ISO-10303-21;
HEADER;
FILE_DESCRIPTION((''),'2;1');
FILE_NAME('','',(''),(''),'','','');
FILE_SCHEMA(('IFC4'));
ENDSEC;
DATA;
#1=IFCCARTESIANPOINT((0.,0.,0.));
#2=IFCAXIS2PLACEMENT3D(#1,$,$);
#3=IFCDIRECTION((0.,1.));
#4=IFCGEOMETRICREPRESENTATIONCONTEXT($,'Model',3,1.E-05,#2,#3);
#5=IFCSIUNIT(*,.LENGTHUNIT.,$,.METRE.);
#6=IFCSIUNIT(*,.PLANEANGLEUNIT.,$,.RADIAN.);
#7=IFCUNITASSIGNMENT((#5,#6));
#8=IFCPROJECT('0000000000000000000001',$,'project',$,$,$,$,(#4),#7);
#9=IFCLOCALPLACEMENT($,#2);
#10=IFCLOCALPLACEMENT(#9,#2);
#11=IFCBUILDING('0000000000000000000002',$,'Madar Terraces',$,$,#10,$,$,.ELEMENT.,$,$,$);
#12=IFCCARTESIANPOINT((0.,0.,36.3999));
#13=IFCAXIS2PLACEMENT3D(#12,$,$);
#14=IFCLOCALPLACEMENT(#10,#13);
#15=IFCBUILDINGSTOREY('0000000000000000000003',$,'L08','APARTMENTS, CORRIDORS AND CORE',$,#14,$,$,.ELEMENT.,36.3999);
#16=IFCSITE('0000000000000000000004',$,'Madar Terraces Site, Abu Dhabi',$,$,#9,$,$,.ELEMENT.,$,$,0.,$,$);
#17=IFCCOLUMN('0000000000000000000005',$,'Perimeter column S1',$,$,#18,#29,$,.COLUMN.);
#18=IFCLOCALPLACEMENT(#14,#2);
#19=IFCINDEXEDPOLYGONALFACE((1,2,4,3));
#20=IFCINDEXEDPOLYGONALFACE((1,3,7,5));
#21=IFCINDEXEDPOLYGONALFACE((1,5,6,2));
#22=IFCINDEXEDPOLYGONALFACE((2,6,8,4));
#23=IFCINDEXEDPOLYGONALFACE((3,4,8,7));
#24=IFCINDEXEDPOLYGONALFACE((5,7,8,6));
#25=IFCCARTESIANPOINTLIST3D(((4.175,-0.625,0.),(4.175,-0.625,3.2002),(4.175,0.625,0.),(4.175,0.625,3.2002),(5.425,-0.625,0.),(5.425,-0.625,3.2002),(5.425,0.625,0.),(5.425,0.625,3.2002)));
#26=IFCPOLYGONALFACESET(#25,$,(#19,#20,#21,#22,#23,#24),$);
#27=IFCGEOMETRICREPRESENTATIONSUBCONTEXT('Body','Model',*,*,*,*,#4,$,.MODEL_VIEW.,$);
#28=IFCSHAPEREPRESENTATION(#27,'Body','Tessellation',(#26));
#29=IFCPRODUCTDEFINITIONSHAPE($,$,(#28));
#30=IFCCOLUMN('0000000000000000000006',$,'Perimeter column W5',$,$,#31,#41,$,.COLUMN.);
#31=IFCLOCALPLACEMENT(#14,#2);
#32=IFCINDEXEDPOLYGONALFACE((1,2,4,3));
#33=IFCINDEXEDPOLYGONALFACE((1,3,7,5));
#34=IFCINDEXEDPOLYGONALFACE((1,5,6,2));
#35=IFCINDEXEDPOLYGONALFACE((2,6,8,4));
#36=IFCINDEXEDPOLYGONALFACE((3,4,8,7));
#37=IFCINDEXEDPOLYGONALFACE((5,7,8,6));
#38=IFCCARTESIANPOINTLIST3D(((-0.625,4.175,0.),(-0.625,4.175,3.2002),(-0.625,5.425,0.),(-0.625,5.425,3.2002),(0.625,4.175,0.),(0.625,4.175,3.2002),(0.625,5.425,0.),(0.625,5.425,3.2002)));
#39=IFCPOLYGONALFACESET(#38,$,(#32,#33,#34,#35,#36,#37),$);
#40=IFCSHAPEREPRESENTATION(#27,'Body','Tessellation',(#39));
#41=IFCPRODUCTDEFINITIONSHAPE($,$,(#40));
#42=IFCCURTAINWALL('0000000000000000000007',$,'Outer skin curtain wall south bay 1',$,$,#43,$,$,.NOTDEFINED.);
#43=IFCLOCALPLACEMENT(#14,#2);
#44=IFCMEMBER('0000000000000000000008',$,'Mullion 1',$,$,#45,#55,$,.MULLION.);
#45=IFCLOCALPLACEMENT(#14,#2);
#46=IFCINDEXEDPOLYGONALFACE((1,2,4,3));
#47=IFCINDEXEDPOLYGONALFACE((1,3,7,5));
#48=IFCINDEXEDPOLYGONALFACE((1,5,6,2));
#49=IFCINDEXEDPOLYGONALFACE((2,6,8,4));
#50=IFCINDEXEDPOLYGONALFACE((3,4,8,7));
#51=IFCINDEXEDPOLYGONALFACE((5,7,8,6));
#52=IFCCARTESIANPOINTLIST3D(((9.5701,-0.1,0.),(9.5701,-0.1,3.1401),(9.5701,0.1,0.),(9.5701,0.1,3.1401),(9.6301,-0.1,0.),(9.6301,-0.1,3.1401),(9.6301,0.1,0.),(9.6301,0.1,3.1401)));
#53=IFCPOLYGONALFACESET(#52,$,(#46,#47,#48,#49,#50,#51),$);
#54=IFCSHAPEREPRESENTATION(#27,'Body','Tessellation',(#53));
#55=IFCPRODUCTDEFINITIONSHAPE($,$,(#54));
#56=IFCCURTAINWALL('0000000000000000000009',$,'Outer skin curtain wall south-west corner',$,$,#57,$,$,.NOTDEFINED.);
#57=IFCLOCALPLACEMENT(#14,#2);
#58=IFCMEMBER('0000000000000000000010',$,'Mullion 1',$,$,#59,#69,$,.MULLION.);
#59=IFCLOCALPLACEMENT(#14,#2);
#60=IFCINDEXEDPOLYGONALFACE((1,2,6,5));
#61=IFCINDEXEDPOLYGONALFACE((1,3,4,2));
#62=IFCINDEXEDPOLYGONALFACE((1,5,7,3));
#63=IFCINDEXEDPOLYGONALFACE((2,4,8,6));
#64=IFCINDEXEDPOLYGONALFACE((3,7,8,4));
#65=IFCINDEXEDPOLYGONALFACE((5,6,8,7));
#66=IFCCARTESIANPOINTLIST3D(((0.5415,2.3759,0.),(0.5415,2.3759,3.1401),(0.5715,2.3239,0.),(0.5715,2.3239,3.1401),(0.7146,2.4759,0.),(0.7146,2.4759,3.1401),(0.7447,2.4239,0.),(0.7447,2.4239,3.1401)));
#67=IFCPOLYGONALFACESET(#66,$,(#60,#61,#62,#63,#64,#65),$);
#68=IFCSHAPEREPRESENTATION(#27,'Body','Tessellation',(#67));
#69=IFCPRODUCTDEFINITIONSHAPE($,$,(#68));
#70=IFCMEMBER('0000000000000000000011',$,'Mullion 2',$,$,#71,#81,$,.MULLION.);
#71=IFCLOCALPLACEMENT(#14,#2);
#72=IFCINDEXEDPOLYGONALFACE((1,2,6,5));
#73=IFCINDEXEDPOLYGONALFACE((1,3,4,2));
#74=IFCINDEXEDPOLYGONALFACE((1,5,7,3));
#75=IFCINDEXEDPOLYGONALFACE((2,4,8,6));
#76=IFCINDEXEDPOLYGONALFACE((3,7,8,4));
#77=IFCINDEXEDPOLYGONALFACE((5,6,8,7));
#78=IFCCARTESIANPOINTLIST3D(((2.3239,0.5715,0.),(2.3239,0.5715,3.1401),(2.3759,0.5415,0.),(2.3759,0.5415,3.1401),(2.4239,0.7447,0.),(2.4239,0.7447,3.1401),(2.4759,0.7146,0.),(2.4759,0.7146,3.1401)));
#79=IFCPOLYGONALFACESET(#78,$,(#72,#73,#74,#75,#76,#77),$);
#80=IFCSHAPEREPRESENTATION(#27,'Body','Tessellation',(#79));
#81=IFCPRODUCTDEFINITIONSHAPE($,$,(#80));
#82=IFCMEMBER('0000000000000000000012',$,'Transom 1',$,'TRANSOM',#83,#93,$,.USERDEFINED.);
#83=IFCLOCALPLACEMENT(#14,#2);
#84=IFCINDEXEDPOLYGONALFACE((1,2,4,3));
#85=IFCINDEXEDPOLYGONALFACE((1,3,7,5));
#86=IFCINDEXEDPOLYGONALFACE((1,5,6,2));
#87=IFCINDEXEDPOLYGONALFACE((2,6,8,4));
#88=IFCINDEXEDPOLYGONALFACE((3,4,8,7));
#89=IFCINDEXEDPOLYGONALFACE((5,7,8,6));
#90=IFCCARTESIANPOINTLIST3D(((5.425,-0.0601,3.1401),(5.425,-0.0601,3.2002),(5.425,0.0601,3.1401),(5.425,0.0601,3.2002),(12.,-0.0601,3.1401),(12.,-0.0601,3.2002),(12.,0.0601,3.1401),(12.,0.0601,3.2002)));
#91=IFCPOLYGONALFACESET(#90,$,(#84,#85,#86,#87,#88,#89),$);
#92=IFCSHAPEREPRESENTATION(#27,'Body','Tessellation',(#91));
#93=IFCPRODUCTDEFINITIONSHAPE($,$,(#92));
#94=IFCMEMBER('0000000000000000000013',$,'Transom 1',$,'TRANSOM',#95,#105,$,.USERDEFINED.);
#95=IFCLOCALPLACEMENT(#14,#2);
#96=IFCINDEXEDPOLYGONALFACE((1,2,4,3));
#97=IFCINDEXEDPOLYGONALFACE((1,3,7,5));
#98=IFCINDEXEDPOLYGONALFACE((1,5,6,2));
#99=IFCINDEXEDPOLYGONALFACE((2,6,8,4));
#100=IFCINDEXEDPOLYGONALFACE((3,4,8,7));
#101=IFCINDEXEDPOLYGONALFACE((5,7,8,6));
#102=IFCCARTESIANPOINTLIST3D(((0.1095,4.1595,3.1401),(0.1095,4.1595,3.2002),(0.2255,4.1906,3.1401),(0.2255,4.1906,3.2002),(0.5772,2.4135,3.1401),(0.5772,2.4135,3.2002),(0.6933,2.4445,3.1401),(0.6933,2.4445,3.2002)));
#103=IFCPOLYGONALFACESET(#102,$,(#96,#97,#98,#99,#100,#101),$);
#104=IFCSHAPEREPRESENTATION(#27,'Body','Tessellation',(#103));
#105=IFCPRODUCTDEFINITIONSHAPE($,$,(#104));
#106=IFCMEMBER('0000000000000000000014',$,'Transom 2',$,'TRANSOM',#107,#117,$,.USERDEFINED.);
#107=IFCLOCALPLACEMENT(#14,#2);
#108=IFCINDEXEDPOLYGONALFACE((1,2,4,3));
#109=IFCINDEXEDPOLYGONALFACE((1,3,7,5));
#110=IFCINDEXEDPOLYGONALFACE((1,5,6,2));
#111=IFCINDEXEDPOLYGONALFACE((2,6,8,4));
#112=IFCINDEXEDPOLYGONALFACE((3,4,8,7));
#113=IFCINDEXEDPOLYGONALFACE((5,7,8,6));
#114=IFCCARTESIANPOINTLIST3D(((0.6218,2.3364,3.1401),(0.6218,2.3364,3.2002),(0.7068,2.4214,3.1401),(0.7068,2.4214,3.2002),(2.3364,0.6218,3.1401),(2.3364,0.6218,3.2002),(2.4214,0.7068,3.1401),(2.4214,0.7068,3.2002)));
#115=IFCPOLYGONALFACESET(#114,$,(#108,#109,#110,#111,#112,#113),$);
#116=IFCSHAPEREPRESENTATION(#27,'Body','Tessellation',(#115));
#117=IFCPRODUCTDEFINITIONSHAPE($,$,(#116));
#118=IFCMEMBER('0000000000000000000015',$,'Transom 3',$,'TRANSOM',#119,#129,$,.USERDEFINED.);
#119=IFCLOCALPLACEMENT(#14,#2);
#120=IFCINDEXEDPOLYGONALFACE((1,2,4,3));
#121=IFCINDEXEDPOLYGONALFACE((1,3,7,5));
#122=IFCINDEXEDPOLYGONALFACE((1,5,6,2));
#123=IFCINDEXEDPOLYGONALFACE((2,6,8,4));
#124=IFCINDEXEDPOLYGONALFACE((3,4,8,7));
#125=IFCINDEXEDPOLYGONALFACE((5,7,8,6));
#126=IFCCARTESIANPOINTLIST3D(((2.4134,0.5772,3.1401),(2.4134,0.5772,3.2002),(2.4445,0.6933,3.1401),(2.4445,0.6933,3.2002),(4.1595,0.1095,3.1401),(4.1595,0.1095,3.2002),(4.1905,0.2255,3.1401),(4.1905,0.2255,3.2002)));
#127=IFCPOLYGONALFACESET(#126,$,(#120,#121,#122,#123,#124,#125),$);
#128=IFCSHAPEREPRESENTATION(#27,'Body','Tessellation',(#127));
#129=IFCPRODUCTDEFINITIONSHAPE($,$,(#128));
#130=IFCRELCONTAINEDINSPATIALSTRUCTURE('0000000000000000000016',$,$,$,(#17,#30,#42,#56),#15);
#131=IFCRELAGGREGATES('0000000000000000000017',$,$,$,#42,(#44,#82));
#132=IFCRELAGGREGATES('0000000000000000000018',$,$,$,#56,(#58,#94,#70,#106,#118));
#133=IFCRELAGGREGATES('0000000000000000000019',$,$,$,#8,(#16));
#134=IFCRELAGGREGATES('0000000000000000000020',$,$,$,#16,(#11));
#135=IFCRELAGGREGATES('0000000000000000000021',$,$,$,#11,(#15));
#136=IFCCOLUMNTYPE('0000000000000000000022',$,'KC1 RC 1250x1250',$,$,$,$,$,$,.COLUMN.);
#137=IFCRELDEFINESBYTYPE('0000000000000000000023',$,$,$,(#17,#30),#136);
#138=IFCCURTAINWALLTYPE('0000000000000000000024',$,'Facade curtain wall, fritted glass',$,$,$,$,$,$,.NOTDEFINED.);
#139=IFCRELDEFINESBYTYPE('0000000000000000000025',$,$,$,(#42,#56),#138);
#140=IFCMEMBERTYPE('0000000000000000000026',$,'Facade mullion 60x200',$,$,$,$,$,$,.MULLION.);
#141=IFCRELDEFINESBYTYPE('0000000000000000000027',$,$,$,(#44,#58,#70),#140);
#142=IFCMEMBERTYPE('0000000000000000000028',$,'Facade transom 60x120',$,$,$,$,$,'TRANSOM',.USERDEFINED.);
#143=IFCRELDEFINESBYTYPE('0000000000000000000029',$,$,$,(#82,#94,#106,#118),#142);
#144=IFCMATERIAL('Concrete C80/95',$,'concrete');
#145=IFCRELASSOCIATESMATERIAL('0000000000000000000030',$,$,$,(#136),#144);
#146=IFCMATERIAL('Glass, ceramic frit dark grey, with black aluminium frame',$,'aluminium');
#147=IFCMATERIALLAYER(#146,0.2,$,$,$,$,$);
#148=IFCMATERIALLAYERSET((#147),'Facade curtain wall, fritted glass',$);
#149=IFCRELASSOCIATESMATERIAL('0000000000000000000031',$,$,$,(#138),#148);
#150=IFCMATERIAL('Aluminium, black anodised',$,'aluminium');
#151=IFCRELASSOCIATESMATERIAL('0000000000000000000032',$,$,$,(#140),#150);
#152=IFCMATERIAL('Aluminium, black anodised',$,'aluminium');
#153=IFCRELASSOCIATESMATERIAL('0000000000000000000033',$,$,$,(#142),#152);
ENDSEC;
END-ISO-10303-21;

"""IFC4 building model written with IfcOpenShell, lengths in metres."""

from ifc_helpers import new_model, si_unit, direction, frame, origin, origin_2d, place, context, subcontext, project, spatial, rectangle, extrude, material, layer, layer_set, material_profile, profile_set, type_object, element, aggregate, save


model = new_model("IFC4")

# Units and contexts
model_context = context("Model", 3, precision=1e-05, world=origin(), true_north=direction((0.0, 1.0)))
body_context = subcontext(model_context, "Body", "Model", "MODEL_VIEW")
ifc_project = project(units=[si_unit("LENGTHUNIT", "METRE"), si_unit("PLANEANGLEUNIT", "RADIAN")], contexts=[model_context])

# Site, building, storey
site_placement = place(None, origin())
site = spatial("IfcSite", under=ifc_project, at=site_placement, Name="Madar Terraces Site, Abu Dhabi", CompositionType="ELEMENT", RefElevation=0.0)
building_placement = place(site_placement, origin())
building = spatial("IfcBuilding", under=site, at=building_placement, Name="Madar Terraces", CompositionType="ELEMENT")
storey_placement = place(building_placement, frame((0.0, 0.0, 36.3999)))
storey = spatial("IfcBuildingStorey", under=building, at=storey_placement, Name="L08", Description="APARTMENTS, CORRIDORS AND CORE", CompositionType="ELEMENT", Elevation=36.3999)

# Columns
ifc_material_1 = material(Name="Concrete C80/95", Category="concrete")
ifc_material_profile_1 = material_profile(ifc_material_1, rectangle(XDim=1.25, YDim=1.25, at=origin_2d()), Name="KC1 RC 1250x1250")
ifc_profile_set_1 = profile_set([ifc_material_profile_1], Name="Concrete C80/95")
column_type = type_object("IfcColumnType", Name="KC1 RC 1250x1250", PredefinedType="COLUMN", material=ifc_profile_set_1)
for number, where, z_axis, x_axis, name in (
    (1, (4.8, 0.0, 0.0), (0.0, 0.0, 1.0), (1.0, 0.0, 0.0), "Perimeter column S1"),
    (2, (0.0, 4.8, 0.0), (0.0, 0.0, 1.0), (1.0, 0.0, 0.0), "Perimeter column W5"),
):
    element("IfcColumn", number, at=place(storey_placement, frame(where, z_axis=z_axis, x_axis=x_axis)), inside=storey, type_object=column_type, Name=name, PredefinedType="COLUMN", context=body_context, shape_type="SweptSolid", body=[
        extrude(rectangle(XDim=1.25, YDim=1.25, at=origin_2d()), origin(), (0.0, 0.0, 1.0), 3.2002),
    ])

# Curtain wall, member
ifc_material_2 = material(Name="Glass, ceramic frit dark grey, with black aluminium frame", Category="aluminium")
ifc_layer_1 = layer(ifc_material_2, 0.2)
ifc_layer_set_1 = layer_set([ifc_layer_1], Name="Facade curtain wall, fritted glass")
curtain_wall_type = type_object("IfcCurtainWallType", Name="Facade curtain wall, fritted glass", PredefinedType="NOTDEFINED", material=ifc_layer_set_1)
curtain_wall_1_placement = place(storey_placement, origin())
curtain_wall_1 = element("IfcCurtainWall", 3, at=curtain_wall_1_placement, inside=storey, type_object=curtain_wall_type, Name="Outer skin curtain wall south bay 1", PredefinedType="NOTDEFINED")
ifc_material_3 = material(Name="Aluminium, black anodised", Category="aluminium")
ifc_material_profile_2 = material_profile(ifc_material_3, rectangle(XDim=0.2, YDim=0.0601, at=origin_2d()), Name="Facade mullion 60x200")
ifc_profile_set_2 = profile_set([ifc_material_profile_2], Name="Aluminium, black anodised")
member_type_1 = type_object("IfcMemberType", Name="Facade mullion 60x200", PredefinedType="MULLION", material=ifc_profile_set_2)
member_1_placement = place(storey_placement, frame((9.6001, 0.0, 0.0), z_axis=(0.0, 0.0, 1.0), x_axis=(0.0, 1.0, 0.0)))
member_1 = element("IfcMember", 4, at=member_1_placement, type_object=member_type_1, Name="Mullion 1", PredefinedType="MULLION", context=body_context, shape_type="SweptSolid", body=[
    extrude(rectangle(XDim=0.2, YDim=0.0601, at=origin_2d()), origin(), (0.0, 0.0, 1.0), 3.1401),
])

# Curtain wall, members
curtain_wall_2_placement = place(storey_placement, origin())
curtain_wall_2 = element("IfcCurtainWall", 5, at=curtain_wall_2_placement, inside=storey, type_object=curtain_wall_type, Name="Outer skin curtain wall south-west corner", PredefinedType="NOTDEFINED")
member_2_placement = place(storey_placement, frame((0.6431, 2.3999, 0.0), z_axis=(0.0, 0.0, 1.0), x_axis=(0.866025, 0.5, 0.0)))
member_2 = element("IfcMember", 6, at=member_2_placement, type_object=member_type_1, Name="Mullion 1", PredefinedType="MULLION", context=body_context, shape_type="SweptSolid", body=[
    extrude(rectangle(XDim=0.2, YDim=0.0601, at=origin_2d()), origin(), (0.0, 0.0, 1.0), 3.1401),
])
member_3_placement = place(storey_placement, frame((2.3999, 0.6431, 0.0), z_axis=(0.0, 0.0, 1.0), x_axis=(0.5, 0.866025, 0.0)))
member_3 = element("IfcMember", 7, at=member_3_placement, type_object=member_type_1, Name="Mullion 2", PredefinedType="MULLION", context=body_context, shape_type="SweptSolid", body=[
    extrude(rectangle(XDim=0.2, YDim=0.0601, at=origin_2d()), origin(), (0.0, 0.0, 1.0), 3.1401),
])

# Members
ifc_material_4 = material(Name="Aluminium, black anodised", Category="aluminium")
ifc_material_profile_3 = material_profile(ifc_material_4, rectangle(XDim=0.1201, YDim=0.0601, at=origin_2d()), Name="Facade transom 60x120")
ifc_profile_set_3 = profile_set([ifc_material_profile_3], Name="Aluminium, black anodised")
member_type_2 = type_object("IfcMemberType", Name="Facade transom 60x120", ElementType="TRANSOM", PredefinedType="USERDEFINED", material=ifc_profile_set_3)
member_4_placement = place(storey_placement, frame((5.425, 0.0, 3.1702), z_axis=(1.0, 0.0, 0.0), x_axis=(0.0, 1.0, 0.0)))
member_4 = element("IfcMember", 8, at=member_4_placement, type_object=member_type_2, Name="Transom 1", ObjectType="TRANSOM", PredefinedType="USERDEFINED", context=body_context, shape_type="SweptSolid", body=[
    extrude(rectangle(XDim=0.1201, YDim=0.0601, at=origin_2d()), origin(), (0.0, 0.0, 1.0), 6.575),
])
member_5_placement = place(storey_placement, frame((0.1675, 4.175, 3.1702), z_axis=(0.258772, -0.965938, 0.0), x_axis=(0.965938, 0.258772, 0.0)))
member_5 = element("IfcMember", 9, at=member_5_placement, type_object=member_type_2, Name="Transom 1", ObjectType="TRANSOM", PredefinedType="USERDEFINED", context=body_context, shape_type="SweptSolid", body=[
    extrude(rectangle(XDim=0.1201, YDim=0.0601, at=origin_2d()), origin(), (0.0, 0.0, 1.0), 1.8076),
])
member_6_placement = place(storey_placement, frame((0.6643, 2.3789, 3.1702), z_axis=(0.707107, -0.707107, 0.0), x_axis=(0.707107, 0.707107, 0.0)))
member_6 = element("IfcMember", 10, at=member_6_placement, type_object=member_type_2, Name="Transom 2", ObjectType="TRANSOM", PredefinedType="USERDEFINED", context=body_context, shape_type="SweptSolid", body=[
    extrude(rectangle(XDim=0.1201, YDim=0.0601, at=origin_2d()), origin(), (0.0, 0.0, 1.0), 2.4248),
])
member_7_placement = place(storey_placement, frame((2.429, 0.6353, 3.1702), z_axis=(0.965938, -0.258772, 0.0), x_axis=(0.258772, 0.965938, 0.0)))
member_7 = element("IfcMember", 11, at=member_7_placement, type_object=member_type_2, Name="Transom 3", ObjectType="TRANSOM", PredefinedType="USERDEFINED", context=body_context, shape_type="SweptSolid", body=[
    extrude(rectangle(XDim=0.1201, YDim=0.0601, at=origin_2d()), origin(), (0.0, 0.0, 1.0), 1.8076),
])

aggregate(curtain_wall_1, [member_1, member_4])
aggregate(curtain_wall_2, [member_2, member_5, member_3, member_6, member_7])

save(model, "model.ifc")
